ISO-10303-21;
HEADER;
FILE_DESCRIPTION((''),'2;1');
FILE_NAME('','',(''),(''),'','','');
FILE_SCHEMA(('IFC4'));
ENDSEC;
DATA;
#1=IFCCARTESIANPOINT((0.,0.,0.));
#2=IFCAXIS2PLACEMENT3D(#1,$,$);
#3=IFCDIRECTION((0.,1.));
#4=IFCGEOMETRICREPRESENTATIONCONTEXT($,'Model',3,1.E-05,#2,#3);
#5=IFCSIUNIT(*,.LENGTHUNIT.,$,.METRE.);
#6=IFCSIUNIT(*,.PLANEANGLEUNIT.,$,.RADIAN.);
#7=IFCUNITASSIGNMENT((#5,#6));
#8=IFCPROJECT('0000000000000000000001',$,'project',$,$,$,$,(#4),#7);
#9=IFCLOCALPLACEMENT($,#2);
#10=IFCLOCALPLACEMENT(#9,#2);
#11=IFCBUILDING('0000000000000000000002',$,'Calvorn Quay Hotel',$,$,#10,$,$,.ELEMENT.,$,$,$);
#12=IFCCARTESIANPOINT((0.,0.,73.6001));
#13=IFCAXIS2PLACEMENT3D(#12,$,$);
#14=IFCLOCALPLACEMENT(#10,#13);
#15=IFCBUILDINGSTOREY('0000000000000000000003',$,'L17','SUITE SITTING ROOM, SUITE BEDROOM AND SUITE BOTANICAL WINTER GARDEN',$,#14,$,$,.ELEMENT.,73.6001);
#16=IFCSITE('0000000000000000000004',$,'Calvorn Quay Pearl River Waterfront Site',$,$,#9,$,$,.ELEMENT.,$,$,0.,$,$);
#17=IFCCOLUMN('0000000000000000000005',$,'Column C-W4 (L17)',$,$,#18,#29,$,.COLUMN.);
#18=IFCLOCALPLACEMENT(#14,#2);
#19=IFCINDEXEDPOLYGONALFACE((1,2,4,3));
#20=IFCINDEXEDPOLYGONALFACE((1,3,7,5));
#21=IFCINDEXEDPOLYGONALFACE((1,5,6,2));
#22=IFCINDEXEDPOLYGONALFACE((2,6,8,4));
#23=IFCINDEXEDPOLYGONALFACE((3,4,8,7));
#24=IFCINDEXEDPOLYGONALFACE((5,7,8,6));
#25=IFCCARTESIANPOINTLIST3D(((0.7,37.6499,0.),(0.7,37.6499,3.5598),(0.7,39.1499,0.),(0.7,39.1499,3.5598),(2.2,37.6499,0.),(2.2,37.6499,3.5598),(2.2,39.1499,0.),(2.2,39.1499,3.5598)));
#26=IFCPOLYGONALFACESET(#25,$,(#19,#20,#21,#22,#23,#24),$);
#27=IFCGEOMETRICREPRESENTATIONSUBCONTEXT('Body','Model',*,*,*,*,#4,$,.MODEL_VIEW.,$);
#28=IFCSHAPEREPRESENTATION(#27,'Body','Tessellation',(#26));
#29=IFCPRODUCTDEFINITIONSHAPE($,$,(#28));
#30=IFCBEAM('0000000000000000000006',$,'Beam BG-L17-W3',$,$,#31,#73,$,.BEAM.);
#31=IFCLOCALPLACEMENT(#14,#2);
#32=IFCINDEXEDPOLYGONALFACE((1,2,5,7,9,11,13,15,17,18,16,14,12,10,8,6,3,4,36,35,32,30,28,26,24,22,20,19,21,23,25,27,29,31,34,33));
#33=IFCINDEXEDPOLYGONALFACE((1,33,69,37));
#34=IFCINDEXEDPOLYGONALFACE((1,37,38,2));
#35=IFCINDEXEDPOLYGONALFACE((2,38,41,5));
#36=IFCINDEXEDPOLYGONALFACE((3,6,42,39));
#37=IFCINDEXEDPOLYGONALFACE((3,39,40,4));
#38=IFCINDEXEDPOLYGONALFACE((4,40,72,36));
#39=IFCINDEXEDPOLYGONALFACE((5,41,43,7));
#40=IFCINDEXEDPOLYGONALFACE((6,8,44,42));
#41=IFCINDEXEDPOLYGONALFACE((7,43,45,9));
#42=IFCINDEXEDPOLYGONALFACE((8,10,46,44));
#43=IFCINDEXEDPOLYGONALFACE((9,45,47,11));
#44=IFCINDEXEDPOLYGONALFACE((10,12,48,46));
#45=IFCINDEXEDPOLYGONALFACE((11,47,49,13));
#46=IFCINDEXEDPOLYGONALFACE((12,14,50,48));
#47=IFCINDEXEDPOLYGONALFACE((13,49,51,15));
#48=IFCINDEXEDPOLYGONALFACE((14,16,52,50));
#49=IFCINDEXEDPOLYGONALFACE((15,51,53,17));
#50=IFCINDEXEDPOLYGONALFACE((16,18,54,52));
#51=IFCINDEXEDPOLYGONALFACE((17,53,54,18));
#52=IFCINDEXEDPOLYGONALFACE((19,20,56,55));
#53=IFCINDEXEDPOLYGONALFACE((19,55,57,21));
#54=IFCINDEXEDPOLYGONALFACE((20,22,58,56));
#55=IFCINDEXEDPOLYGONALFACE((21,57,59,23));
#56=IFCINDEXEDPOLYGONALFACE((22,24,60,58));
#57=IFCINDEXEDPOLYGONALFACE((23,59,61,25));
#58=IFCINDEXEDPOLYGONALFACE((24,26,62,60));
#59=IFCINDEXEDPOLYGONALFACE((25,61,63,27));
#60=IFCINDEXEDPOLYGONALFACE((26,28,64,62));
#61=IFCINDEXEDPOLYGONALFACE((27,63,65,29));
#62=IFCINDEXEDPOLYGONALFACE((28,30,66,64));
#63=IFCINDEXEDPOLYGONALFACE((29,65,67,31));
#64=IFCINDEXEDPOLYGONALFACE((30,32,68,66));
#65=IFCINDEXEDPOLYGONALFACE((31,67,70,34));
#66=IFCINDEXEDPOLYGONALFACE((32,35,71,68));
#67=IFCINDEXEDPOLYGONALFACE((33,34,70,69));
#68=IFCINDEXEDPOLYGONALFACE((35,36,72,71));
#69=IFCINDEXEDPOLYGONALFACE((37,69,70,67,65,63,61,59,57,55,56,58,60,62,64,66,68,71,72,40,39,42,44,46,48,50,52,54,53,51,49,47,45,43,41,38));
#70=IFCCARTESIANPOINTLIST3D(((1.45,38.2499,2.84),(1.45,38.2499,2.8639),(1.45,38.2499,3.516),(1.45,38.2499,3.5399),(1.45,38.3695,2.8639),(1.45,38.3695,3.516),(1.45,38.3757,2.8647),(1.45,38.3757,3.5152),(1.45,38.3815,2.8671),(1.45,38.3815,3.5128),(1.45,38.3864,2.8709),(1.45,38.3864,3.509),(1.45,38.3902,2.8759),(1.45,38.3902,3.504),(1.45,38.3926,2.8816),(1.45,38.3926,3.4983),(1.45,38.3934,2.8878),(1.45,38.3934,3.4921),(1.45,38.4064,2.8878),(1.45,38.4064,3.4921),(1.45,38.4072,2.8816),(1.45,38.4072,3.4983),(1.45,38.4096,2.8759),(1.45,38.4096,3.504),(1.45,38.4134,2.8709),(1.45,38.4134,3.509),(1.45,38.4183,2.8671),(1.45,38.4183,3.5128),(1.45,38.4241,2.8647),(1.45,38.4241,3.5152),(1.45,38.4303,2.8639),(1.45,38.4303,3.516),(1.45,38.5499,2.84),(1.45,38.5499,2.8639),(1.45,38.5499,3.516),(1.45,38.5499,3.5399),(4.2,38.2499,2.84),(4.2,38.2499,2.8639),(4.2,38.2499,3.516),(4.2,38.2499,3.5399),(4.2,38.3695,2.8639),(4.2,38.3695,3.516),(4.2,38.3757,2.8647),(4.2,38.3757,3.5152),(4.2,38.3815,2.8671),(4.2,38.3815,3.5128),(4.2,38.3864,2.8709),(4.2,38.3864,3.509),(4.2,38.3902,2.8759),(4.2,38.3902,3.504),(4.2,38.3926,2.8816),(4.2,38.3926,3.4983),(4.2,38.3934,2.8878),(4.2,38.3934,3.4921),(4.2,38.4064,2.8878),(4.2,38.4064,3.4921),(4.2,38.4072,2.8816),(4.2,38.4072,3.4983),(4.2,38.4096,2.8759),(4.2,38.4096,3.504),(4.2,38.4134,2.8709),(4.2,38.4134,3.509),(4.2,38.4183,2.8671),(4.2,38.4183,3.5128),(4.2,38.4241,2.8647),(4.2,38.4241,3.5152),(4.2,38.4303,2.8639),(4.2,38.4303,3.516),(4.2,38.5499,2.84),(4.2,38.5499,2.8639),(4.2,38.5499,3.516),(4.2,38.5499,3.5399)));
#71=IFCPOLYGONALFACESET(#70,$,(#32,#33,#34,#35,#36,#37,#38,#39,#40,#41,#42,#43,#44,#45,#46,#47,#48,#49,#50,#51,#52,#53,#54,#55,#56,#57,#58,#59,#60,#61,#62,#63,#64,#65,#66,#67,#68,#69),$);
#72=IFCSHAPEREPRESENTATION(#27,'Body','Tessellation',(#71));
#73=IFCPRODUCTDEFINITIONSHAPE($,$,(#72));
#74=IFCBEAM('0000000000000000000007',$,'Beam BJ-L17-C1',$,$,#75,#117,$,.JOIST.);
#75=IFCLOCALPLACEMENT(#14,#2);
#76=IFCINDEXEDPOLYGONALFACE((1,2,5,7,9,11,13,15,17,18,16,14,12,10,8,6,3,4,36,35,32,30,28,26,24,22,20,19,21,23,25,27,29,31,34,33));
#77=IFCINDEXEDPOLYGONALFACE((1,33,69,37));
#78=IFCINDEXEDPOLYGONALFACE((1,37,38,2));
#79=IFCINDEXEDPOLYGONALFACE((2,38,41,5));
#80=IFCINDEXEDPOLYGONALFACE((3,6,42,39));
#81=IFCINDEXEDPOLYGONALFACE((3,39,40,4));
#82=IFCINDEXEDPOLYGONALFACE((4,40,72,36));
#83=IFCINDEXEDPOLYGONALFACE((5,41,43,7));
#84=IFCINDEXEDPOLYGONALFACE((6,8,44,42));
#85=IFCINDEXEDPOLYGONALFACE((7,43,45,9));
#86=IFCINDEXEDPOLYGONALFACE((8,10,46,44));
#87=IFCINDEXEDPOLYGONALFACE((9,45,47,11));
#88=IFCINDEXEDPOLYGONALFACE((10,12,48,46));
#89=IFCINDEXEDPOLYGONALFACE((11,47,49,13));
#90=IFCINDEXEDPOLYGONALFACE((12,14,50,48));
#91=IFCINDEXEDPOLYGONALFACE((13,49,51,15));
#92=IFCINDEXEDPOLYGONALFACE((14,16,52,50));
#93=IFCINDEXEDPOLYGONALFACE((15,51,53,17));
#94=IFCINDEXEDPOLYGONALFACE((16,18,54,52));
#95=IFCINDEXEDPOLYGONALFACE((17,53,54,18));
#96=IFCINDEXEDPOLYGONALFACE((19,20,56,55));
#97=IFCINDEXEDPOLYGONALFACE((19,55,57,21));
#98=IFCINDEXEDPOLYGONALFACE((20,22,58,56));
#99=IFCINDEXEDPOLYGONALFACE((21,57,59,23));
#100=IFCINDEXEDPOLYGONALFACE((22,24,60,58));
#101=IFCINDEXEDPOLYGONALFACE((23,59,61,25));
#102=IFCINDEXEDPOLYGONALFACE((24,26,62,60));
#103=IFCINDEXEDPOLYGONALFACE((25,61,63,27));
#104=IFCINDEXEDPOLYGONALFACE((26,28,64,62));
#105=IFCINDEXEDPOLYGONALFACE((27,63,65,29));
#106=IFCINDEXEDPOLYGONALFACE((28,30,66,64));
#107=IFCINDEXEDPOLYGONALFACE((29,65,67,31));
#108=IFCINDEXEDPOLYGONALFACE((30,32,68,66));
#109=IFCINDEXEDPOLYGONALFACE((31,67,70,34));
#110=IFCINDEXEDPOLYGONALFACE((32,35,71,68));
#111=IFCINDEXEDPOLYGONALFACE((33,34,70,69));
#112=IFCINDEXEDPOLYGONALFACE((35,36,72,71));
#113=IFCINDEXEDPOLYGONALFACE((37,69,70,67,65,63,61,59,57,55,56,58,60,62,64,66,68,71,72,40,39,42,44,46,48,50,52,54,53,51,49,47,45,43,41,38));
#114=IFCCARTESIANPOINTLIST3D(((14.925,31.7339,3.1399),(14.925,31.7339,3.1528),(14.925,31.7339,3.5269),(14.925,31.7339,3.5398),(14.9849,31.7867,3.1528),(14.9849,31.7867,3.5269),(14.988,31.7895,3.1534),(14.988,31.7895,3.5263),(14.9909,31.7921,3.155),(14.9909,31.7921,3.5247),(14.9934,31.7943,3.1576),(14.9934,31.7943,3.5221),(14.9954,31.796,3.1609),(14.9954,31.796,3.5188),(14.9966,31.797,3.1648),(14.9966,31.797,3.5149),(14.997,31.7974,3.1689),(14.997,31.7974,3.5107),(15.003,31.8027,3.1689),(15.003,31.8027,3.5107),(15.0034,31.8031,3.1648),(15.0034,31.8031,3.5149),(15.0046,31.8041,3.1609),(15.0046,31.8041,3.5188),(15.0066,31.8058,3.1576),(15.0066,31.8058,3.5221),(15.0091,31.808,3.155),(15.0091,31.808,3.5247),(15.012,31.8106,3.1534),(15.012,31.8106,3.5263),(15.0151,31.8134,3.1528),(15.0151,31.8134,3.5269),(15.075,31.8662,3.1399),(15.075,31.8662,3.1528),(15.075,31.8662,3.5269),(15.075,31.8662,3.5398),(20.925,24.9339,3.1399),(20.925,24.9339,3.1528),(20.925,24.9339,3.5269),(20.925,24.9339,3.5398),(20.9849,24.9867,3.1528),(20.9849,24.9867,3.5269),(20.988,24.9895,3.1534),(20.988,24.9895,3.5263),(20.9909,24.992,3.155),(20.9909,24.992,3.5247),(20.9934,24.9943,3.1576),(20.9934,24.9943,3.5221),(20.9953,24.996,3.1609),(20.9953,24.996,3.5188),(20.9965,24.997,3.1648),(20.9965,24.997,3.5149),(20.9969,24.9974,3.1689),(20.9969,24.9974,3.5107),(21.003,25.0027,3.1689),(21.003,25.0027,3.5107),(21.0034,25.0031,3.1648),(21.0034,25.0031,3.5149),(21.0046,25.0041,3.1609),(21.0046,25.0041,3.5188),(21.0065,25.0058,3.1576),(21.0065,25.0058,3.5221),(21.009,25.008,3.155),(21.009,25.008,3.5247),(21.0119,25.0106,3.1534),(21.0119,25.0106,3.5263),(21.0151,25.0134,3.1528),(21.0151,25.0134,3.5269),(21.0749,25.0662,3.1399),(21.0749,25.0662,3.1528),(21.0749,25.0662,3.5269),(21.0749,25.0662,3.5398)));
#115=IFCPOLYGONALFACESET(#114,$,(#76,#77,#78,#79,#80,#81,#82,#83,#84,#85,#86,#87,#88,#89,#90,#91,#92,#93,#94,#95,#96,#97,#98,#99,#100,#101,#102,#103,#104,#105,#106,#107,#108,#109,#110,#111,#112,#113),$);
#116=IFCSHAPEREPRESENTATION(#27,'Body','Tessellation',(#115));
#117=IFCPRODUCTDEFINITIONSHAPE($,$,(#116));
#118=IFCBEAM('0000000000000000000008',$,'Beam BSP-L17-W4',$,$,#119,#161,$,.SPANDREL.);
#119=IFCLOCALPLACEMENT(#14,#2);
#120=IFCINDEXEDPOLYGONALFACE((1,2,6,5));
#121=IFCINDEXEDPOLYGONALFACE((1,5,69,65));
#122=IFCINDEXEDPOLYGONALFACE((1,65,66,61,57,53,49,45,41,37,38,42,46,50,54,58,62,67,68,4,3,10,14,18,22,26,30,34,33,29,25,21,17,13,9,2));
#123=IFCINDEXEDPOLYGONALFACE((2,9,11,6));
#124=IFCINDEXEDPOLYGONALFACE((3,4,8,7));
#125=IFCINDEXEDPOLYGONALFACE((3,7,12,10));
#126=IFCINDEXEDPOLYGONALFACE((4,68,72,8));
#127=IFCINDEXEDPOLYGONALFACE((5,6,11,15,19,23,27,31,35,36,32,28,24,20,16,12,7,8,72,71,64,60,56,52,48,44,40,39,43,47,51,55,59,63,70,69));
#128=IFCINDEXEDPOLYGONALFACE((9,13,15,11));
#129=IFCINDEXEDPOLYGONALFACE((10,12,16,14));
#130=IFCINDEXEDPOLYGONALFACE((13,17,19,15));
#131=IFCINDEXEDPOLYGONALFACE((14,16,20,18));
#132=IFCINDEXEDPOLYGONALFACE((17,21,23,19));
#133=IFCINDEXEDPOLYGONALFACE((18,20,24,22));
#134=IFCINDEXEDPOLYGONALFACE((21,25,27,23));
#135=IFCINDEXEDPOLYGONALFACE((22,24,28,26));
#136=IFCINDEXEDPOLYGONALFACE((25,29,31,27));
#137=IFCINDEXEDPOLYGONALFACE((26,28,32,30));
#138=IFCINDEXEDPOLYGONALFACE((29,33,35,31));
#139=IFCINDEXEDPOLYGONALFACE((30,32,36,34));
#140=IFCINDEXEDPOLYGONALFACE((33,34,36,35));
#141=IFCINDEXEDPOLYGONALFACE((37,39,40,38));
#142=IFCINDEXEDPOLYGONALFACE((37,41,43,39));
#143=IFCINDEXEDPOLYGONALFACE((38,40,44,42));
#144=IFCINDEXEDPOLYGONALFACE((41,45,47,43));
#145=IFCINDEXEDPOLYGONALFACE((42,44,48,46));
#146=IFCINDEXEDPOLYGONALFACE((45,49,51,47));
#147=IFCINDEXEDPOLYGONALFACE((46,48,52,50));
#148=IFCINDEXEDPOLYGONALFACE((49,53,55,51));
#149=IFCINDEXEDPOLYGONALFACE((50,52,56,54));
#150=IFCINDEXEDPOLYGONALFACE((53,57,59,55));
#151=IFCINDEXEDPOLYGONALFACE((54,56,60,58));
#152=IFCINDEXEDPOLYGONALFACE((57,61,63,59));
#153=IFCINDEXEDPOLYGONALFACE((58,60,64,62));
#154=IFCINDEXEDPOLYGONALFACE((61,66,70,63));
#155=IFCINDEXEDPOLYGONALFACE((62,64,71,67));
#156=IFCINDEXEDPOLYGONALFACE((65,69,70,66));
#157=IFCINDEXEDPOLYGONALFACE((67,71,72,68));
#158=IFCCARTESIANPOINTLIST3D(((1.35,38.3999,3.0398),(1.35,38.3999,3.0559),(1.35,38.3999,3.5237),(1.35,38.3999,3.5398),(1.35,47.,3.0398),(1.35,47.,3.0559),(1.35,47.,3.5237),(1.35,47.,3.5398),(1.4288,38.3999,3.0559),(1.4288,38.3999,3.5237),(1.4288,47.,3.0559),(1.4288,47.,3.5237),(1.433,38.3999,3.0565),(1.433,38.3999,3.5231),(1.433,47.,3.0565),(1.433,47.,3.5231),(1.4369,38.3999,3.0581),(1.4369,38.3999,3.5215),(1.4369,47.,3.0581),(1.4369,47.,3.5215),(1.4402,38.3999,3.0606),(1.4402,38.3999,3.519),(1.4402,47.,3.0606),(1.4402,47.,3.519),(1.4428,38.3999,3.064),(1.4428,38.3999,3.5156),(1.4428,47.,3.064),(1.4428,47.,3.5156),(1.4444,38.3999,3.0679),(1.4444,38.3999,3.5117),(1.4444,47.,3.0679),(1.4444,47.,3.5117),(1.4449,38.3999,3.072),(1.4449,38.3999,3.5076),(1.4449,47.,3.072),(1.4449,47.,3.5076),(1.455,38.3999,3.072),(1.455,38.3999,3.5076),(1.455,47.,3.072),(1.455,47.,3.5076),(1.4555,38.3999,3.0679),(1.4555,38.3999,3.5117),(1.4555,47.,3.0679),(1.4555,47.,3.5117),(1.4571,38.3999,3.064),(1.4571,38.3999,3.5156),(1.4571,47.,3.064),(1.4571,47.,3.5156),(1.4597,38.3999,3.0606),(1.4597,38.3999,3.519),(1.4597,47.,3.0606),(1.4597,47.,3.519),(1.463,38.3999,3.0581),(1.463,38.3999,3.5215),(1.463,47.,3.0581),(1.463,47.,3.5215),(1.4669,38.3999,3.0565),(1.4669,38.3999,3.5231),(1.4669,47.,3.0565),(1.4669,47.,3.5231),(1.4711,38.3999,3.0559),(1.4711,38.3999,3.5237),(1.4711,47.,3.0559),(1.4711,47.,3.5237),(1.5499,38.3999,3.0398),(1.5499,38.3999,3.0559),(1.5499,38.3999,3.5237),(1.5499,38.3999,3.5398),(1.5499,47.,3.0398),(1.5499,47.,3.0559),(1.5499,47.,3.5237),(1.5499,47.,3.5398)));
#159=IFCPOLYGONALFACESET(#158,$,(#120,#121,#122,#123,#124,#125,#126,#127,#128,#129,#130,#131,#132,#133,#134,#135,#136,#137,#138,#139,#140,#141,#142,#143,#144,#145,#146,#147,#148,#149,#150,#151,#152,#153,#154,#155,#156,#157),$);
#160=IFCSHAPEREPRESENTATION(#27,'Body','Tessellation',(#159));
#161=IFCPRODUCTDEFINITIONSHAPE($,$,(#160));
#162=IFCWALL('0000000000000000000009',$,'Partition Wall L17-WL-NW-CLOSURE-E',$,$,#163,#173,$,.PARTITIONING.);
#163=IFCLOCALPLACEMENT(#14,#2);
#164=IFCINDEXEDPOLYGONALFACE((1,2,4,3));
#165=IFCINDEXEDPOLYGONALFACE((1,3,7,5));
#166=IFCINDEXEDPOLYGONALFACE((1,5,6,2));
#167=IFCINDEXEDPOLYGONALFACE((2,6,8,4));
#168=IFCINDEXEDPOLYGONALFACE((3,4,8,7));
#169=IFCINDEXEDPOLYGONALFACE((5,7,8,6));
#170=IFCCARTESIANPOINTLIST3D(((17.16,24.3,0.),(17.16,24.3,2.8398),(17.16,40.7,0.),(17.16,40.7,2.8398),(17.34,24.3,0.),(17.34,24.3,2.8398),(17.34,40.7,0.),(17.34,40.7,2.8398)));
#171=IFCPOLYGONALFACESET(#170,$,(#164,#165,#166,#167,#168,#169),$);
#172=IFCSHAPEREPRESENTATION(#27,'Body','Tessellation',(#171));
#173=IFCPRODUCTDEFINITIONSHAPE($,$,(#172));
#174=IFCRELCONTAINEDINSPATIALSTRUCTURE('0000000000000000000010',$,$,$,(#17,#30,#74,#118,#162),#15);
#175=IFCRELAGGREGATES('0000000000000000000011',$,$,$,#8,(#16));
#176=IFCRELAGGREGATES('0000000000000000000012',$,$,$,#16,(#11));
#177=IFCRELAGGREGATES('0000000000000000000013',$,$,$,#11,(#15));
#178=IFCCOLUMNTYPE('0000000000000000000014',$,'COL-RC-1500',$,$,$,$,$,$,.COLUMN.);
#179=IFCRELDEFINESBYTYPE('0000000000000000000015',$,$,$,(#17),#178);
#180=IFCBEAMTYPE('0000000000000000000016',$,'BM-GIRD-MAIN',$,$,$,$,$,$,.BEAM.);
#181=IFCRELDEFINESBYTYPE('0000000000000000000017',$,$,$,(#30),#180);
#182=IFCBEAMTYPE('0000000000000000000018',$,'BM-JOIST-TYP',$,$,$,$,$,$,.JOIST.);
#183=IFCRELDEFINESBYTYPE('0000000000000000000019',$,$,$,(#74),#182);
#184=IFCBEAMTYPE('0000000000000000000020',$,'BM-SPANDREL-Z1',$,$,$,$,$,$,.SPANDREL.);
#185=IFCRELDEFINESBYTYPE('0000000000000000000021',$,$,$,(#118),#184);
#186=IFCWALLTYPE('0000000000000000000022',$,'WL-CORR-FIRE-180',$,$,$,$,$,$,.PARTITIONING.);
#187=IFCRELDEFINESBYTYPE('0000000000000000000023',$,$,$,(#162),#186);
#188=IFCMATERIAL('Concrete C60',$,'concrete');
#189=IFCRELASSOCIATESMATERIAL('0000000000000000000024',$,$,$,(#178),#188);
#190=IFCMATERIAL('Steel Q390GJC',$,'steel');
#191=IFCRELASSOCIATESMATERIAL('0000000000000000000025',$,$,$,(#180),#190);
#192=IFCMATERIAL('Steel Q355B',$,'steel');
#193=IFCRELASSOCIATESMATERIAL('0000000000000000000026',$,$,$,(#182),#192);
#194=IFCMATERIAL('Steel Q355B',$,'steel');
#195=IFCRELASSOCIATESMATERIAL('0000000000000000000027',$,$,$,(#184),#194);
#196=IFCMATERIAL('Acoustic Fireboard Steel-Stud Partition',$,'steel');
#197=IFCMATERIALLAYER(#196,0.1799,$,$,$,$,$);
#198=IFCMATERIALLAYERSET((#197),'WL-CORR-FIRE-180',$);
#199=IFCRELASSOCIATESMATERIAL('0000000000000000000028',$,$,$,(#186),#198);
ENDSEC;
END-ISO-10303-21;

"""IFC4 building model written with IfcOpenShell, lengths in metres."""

from ifc_helpers import new_model, si_unit, direction, frame, frame_2d, origin, origin_2d, place, context, subcontext, project, spatial, rectangle, i_section, extrude, material, layer, layer_set, material_profile, profile_set, type_object, element, save


model = new_model("IFC4")

# Units and contexts
model_context = context("Model", 3, precision=1e-05, world=origin(), true_north=direction((0.0, 1.0)))
body_context = subcontext(model_context, "Body", "Model", "MODEL_VIEW")
ifc_project = project(units=[si_unit("LENGTHUNIT", "METRE"), si_unit("PLANEANGLEUNIT", "RADIAN")], contexts=[model_context])

# Site, building, storey
site_placement = place(None, origin())
site = spatial("IfcSite", under=ifc_project, at=site_placement, Name="Calvorn Quay Pearl River Waterfront Site", CompositionType="ELEMENT", RefElevation=0.0)
building_placement = place(site_placement, origin())
building = spatial("IfcBuilding", under=site, at=building_placement, Name="Calvorn Quay Hotel", CompositionType="ELEMENT")
storey_placement = place(building_placement, frame((0.0, 0.0, 73.6001)))
storey = spatial("IfcBuildingStorey", under=building, at=storey_placement, Name="L17", Description="SUITE SITTING ROOM, SUITE BEDROOM AND SUITE BOTANICAL WINTER GARDEN", CompositionType="ELEMENT", Elevation=73.6001)

# Column
ifc_material_1 = material(Name="Concrete C60", Category="concrete")
ifc_material_profile_1 = material_profile(ifc_material_1, rectangle(XDim=1.5, YDim=1.5, at=origin_2d()), Name="RC1500x1500")
ifc_profile_set_1 = profile_set([ifc_material_profile_1], Name="Concrete C60")
column_type = type_object("IfcColumnType", Name="COL-RC-1500", PredefinedType="COLUMN", material=ifc_profile_set_1)
column_placement = place(storey_placement, frame((1.45, 38.3999, 0.0), z_axis=(0.0, 0.0, 1.0), x_axis=(1.0, 0.0, 0.0)))
element("IfcColumn", 1, at=column_placement, inside=storey, type_object=column_type, Name="Column C-W4 (L17)", PredefinedType="COLUMN", context=body_context, shape_type="SweptSolid", body=[
    extrude(rectangle(XDim=1.5, YDim=1.5, at=origin_2d()), origin(), (0.0, 0.0, 1.0), 3.5598),
])

# Beams
ifc_material_2 = material(Name="Steel Q390GJC", Category="steel")
ifc_material_profile_2 = material_profile(ifc_material_2, i_section(OverallWidth=0.3, OverallDepth=0.7, WebThickness=0.0129, FlangeThickness=0.0239, FilletRadius=0.0239, at=origin_2d()), Name="HN700x300x13x24")
ifc_profile_set_2 = profile_set([ifc_material_profile_2], Name="Steel Q390GJC")
beam_type_1 = type_object("IfcBeamType", Name="BM-GIRD-MAIN", PredefinedType="BEAM", material=ifc_profile_set_2)
beam_1_placement = place(storey_placement, frame((1.45, 38.3999, 3.1899), z_axis=(1.0, 0.0, 0.0), x_axis=(0.0, 1.0, 0.0)))
element("IfcBeam", 2, at=beam_1_placement, inside=storey, type_object=beam_type_1, Name="Beam BG-L17-W3", PredefinedType="BEAM", context=body_context, shape_type="SweptSolid", body=[
    extrude(i_section(OverallWidth=0.3, OverallDepth=0.7, WebThickness=0.0129, FlangeThickness=0.0239, FilletRadius=0.0239, at=origin_2d()), origin(), (0.0, 0.0, 1.0), 2.75),
])
ifc_material_3 = material(Name="Steel Q355B", Category="steel")
ifc_material_profile_3 = material_profile(ifc_material_3, i_section(OverallWidth=0.2, OverallDepth=0.3999, WebThickness=0.0081, FlangeThickness=0.0129, FilletRadius=0.0161, at=origin_2d()), Name="HN400x200x8x13")
ifc_profile_set_3 = profile_set([ifc_material_profile_3], Name="Steel Q355B")
beam_type_2 = type_object("IfcBeamType", Name="BM-JOIST-TYP", PredefinedType="JOIST", material=ifc_profile_set_3)
beam_2_placement = place(storey_placement, frame((15.0, 31.8, 3.3398), z_axis=(0.661619, -0.74984, 0.0), x_axis=(0.74984, 0.661619, 0.0)))
element("IfcBeam", 3, at=beam_2_placement, inside=storey, type_object=beam_type_2, Name="Beam BJ-L17-C1", PredefinedType="JOIST", context=body_context, shape_type="SweptSolid", body=[
    extrude(i_section(OverallWidth=0.2, OverallDepth=0.3999, WebThickness=0.0081, FlangeThickness=0.0129, FilletRadius=0.0161, at=origin_2d()), origin(), (0.0, 0.0, 1.0), 9.0686),
])
ifc_material_4 = material(Name="Steel Q355B", Category="steel")
ifc_material_profile_4 = material_profile(ifc_material_4, i_section(OverallWidth=0.2, OverallDepth=0.5, WebThickness=0.01, FlangeThickness=0.0161, FilletRadius=0.0161, at=origin_2d()), Name="HN500x200x10x16")
ifc_profile_set_4 = profile_set([ifc_material_profile_4], Name="Steel Q355B")
beam_type_3 = type_object("IfcBeamType", Name="BM-SPANDREL-Z1", PredefinedType="SPANDREL", material=ifc_profile_set_4)
beam_3_placement = place(storey_placement, frame((1.45, 38.3999, 3.2898), z_axis=(0.0, 1.0, 0.0), x_axis=(-1.0, 0.0, 0.0)))
element("IfcBeam", 4, at=beam_3_placement, inside=storey, type_object=beam_type_3, Name="Beam BSP-L17-W4", PredefinedType="SPANDREL", context=body_context, shape_type="SweptSolid", body=[
    extrude(i_section(OverallWidth=0.2, OverallDepth=0.5, WebThickness=0.01, FlangeThickness=0.0161, FilletRadius=0.0161, at=origin_2d()), origin(), (0.0, 0.0, 1.0), 8.6001),
])

# Wall
ifc_material_5 = material(Name="Acoustic Fireboard Steel-Stud Partition", Category="steel")
ifc_layer_1 = layer(ifc_material_5, 0.1799)
ifc_layer_set_1 = layer_set([ifc_layer_1], Name="WL-CORR-FIRE-180")
wall_type_1 = type_object("IfcWallType", Name="WL-CORR-FIRE-180", PredefinedType="PARTITIONING", material=ifc_layer_set_1)
wall_1_placement = place(storey_placement, frame((17.25, 24.3, 0.0), z_axis=(0.0, 0.0, 1.0), x_axis=(0.0, 1.0, 0.0)))
element("IfcWall", 5, at=wall_1_placement, inside=storey, type_object=wall_type_1, Name="Partition Wall L17-WL-NW-CLOSURE-E", PredefinedType="PARTITIONING", context=body_context, shape_type="SweptSolid", body=[
    extrude(rectangle(XDim=16.3999, YDim=0.1799, at=frame_2d((8.2, 0.0))), origin(), (0.0, 0.0, 1.0), 2.8398),
])

save(model, "model.ifc")
